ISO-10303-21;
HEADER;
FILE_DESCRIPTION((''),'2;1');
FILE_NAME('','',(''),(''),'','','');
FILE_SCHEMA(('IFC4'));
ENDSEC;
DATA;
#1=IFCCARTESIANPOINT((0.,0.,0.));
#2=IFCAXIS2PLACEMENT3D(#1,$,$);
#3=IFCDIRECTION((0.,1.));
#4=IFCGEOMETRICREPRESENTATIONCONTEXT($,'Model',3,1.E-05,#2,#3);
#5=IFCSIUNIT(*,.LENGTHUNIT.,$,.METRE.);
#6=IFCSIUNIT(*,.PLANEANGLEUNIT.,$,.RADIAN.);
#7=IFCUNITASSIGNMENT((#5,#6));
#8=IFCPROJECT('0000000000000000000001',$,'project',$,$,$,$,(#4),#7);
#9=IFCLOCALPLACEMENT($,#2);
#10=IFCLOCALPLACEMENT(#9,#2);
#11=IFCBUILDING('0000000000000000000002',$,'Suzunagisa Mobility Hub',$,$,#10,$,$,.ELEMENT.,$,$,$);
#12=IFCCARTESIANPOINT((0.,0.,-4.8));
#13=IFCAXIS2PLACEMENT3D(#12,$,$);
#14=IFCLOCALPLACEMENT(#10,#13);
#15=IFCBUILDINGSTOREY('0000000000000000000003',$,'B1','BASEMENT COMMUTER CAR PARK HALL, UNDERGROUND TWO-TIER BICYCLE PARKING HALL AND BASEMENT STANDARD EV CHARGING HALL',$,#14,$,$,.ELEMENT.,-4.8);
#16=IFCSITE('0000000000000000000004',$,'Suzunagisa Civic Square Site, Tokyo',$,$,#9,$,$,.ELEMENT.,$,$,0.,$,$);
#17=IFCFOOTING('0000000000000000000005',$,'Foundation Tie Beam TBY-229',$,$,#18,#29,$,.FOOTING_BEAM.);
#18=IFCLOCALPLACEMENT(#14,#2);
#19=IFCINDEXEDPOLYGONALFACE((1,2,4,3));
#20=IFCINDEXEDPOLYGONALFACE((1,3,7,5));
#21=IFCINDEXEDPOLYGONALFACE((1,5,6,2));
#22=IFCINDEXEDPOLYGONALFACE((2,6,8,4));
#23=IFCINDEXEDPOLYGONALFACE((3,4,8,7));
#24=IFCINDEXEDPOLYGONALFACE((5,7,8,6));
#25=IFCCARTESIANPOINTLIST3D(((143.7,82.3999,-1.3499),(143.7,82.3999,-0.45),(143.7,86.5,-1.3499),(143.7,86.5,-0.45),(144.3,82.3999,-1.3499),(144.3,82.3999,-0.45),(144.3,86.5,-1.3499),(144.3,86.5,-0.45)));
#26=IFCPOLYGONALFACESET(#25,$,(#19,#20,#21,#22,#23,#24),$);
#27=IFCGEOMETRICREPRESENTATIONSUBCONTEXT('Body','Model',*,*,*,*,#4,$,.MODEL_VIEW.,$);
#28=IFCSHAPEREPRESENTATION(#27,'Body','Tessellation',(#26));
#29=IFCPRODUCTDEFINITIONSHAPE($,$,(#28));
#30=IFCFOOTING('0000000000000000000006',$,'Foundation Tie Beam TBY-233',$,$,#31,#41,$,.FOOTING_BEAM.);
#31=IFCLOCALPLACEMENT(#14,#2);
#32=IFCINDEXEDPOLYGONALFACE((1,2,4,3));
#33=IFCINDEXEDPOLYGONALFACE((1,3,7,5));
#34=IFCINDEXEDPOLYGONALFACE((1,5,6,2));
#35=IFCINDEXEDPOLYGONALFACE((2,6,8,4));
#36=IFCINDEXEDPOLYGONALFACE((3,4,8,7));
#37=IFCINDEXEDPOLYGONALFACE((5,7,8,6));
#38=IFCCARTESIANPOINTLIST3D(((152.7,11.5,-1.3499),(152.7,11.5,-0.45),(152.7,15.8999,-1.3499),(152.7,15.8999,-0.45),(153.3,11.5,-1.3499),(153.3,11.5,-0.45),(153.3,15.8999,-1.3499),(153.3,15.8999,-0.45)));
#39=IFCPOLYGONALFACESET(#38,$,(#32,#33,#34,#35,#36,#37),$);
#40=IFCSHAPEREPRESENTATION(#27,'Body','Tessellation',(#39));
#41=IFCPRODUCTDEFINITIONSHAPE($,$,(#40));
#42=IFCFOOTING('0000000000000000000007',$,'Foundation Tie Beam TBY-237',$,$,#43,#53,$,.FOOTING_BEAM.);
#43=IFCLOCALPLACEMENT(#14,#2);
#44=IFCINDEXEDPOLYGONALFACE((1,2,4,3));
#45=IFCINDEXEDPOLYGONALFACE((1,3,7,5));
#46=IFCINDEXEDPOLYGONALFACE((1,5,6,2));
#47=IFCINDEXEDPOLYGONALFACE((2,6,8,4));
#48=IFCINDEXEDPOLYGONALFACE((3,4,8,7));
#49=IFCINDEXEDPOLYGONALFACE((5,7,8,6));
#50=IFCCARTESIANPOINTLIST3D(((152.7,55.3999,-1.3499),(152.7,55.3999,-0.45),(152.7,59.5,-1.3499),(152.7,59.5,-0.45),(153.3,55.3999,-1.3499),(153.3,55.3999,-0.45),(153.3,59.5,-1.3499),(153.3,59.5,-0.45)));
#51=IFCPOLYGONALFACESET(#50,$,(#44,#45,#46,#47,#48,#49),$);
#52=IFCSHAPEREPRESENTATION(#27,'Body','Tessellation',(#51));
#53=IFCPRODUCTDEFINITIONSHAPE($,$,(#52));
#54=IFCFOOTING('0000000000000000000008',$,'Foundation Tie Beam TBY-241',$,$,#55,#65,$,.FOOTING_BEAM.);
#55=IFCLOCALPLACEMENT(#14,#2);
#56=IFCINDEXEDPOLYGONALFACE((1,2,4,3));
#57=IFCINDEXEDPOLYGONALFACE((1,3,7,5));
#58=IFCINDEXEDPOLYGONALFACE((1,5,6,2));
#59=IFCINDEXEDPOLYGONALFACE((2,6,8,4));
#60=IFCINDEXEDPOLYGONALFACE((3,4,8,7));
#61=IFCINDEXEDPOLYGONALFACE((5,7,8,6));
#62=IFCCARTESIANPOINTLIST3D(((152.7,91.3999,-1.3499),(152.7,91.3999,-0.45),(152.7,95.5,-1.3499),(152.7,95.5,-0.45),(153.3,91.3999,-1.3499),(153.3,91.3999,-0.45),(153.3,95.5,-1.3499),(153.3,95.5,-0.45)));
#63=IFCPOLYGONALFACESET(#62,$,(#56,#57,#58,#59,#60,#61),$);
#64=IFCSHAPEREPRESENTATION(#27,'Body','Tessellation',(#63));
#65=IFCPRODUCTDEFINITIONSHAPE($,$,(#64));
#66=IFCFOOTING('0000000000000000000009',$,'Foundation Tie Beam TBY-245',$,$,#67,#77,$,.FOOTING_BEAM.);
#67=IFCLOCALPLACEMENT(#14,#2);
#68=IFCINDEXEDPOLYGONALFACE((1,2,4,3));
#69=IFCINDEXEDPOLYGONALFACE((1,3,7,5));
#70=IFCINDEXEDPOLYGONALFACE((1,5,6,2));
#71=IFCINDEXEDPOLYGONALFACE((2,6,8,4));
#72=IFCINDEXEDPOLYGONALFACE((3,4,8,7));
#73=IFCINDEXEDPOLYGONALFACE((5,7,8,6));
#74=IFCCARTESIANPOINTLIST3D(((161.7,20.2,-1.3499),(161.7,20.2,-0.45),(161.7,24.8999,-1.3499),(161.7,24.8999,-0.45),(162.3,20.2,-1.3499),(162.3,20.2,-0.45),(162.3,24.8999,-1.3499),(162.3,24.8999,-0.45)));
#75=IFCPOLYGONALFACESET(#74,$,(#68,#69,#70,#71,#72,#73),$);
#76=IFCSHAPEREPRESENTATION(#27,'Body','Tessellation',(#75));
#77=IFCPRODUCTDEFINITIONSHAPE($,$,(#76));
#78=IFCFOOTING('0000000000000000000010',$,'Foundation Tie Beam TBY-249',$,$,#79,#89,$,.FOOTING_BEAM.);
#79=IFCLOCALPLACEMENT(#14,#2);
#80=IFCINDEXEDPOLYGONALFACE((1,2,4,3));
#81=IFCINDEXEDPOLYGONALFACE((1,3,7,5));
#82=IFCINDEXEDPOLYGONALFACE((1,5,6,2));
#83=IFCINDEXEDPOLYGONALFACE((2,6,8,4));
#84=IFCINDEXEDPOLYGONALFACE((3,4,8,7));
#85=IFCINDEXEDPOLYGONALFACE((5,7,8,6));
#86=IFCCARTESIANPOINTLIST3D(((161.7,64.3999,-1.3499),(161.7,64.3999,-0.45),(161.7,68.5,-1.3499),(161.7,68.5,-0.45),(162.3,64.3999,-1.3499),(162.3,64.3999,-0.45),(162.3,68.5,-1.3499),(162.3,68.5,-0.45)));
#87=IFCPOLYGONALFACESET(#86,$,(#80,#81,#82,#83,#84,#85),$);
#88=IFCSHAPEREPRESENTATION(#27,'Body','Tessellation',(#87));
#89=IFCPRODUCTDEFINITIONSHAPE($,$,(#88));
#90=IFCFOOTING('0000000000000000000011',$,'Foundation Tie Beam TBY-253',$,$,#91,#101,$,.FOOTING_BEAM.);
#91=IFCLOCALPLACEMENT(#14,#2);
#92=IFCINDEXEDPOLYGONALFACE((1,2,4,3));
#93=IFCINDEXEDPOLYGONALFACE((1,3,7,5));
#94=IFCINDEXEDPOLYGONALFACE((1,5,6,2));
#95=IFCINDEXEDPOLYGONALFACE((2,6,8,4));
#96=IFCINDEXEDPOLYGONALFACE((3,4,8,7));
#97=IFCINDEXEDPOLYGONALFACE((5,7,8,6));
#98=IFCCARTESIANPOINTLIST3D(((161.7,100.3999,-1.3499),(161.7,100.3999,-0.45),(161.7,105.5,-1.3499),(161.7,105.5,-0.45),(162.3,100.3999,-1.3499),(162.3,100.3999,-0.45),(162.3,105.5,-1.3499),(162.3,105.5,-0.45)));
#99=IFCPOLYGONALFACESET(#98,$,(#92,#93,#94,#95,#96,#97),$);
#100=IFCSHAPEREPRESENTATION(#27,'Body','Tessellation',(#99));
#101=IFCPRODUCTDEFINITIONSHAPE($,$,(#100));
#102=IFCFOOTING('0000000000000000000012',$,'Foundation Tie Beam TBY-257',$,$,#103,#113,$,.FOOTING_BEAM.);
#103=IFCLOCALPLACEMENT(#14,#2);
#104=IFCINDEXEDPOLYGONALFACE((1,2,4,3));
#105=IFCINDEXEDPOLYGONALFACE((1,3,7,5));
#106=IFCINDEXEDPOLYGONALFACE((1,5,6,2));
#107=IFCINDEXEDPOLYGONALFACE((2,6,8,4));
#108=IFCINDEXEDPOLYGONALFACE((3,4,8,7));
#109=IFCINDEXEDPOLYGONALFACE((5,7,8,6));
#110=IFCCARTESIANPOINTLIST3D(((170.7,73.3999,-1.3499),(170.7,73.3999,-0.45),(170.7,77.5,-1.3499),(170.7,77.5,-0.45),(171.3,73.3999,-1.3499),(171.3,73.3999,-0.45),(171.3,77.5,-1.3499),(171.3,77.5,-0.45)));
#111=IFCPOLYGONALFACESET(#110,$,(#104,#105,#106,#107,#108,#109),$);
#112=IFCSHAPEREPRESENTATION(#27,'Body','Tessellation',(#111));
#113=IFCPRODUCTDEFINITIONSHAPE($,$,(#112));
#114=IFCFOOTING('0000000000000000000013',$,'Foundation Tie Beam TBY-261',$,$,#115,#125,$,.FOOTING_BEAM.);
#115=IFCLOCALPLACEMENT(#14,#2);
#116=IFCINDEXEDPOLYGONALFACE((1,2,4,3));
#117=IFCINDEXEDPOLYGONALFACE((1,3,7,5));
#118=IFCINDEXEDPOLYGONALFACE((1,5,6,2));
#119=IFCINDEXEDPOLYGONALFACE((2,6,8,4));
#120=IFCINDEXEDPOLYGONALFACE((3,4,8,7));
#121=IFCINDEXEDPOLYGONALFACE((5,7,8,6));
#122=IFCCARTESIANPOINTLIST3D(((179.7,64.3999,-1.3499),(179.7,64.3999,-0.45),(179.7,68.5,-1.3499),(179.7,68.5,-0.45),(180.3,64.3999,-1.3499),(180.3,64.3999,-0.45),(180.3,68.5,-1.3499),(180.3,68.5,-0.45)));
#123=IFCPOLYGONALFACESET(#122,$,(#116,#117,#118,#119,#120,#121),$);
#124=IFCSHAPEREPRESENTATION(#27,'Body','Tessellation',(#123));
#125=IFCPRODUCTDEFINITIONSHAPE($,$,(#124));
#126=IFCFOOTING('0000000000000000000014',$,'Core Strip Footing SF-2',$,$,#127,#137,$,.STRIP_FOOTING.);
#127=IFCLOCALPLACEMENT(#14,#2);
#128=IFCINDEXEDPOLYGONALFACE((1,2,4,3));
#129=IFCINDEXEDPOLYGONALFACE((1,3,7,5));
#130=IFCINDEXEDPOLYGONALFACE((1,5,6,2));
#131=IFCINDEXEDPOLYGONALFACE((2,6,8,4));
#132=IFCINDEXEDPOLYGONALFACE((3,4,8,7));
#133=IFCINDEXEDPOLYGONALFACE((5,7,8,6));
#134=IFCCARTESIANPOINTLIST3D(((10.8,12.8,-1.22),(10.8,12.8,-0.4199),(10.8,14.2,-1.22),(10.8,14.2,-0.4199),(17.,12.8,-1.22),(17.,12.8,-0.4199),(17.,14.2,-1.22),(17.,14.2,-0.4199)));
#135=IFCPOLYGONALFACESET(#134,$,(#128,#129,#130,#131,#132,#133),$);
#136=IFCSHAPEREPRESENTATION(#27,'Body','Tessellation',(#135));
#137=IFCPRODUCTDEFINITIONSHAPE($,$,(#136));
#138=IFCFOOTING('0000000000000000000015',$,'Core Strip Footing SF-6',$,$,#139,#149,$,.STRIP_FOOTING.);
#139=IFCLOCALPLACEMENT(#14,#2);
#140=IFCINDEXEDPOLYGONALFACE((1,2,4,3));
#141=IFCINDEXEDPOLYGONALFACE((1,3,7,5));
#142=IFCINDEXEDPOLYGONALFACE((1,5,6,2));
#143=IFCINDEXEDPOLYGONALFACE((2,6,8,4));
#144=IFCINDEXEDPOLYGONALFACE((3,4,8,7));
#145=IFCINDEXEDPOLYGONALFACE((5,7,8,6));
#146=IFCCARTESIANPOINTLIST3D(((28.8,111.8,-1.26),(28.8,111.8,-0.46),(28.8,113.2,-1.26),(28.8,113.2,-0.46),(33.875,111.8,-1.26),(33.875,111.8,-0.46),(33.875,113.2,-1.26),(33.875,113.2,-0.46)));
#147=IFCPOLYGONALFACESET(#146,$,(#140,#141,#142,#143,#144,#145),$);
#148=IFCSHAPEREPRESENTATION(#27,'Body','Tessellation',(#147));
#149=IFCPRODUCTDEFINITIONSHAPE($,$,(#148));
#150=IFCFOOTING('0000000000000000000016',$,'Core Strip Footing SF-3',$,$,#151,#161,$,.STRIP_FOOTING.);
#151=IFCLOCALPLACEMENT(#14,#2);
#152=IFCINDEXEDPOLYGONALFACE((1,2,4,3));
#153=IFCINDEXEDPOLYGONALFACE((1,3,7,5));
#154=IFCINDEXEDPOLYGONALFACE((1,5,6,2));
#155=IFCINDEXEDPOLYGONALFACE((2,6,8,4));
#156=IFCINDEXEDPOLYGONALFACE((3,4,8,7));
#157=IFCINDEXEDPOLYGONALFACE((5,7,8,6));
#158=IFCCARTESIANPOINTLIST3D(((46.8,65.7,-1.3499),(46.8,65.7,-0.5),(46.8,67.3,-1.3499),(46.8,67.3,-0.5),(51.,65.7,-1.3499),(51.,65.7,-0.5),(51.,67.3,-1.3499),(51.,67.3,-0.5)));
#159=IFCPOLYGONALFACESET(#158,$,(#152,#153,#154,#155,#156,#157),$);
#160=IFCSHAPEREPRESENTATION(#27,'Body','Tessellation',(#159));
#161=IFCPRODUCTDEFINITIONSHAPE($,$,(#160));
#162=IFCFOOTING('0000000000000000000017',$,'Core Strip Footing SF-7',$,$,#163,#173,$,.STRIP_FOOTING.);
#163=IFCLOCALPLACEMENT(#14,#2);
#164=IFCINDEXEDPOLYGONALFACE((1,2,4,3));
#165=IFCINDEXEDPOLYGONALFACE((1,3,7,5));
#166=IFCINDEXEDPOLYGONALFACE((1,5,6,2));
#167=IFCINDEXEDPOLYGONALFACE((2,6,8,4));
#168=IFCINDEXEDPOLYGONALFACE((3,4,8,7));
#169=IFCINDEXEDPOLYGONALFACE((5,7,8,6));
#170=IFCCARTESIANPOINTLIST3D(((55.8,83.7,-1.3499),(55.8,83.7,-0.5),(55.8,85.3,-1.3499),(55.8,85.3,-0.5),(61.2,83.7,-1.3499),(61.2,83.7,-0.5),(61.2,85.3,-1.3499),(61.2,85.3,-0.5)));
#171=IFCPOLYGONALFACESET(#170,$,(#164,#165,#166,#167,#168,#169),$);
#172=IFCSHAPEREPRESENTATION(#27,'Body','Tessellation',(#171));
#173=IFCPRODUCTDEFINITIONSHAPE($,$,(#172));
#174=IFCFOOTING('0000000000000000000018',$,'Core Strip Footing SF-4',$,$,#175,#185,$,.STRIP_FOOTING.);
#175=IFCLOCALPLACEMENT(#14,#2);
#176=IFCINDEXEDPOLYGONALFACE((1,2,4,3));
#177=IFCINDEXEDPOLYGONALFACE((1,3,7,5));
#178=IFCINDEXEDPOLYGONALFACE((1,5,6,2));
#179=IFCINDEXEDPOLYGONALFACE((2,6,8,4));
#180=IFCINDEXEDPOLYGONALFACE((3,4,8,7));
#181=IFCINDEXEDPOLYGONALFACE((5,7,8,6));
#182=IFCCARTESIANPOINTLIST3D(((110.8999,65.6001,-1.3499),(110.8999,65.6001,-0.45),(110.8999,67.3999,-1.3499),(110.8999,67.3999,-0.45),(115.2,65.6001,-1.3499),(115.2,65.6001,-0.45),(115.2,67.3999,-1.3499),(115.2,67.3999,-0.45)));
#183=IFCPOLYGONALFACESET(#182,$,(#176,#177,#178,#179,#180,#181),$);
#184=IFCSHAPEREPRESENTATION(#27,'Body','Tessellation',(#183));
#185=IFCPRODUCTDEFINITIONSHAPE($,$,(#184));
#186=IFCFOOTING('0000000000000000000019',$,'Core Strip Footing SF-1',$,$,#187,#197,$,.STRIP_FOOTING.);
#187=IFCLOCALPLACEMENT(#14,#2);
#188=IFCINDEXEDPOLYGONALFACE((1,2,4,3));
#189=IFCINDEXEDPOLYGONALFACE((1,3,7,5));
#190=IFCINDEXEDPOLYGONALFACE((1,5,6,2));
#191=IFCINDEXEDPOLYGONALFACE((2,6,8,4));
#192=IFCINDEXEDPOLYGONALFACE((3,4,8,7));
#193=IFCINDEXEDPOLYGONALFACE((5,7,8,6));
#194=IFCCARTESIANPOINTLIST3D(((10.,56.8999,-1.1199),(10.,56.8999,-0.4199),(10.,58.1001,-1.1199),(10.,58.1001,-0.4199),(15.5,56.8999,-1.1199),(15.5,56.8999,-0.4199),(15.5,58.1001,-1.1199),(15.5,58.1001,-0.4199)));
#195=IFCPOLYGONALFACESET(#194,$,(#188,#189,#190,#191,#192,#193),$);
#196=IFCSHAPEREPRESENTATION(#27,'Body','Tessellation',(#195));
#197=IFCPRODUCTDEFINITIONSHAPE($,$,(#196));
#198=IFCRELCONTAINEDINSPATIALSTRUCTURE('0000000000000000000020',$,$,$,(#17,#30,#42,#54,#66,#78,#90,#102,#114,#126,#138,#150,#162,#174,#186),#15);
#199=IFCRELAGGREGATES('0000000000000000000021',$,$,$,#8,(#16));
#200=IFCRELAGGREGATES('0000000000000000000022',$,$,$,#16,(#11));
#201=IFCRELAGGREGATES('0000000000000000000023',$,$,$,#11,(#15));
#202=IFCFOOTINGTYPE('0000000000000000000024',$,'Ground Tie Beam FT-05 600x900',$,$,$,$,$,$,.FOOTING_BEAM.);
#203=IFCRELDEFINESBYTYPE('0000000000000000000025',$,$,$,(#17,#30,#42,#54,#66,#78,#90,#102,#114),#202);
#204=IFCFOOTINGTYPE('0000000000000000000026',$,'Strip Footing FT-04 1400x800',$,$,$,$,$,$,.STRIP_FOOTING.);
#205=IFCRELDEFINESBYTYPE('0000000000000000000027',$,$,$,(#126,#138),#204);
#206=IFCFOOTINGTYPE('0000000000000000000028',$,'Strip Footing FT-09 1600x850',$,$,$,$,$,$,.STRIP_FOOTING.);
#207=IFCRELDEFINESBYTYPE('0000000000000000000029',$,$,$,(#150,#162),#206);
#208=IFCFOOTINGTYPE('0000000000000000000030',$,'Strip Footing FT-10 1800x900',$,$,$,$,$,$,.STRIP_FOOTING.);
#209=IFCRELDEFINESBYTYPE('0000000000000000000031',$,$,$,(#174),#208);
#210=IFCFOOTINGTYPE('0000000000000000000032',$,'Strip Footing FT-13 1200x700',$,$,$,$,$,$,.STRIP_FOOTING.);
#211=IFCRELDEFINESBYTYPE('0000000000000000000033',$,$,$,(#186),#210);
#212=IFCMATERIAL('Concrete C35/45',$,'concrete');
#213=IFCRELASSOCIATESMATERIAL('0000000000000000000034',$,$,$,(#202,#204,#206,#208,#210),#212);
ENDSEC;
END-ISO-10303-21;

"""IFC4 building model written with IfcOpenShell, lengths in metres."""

from ifc_helpers import new_model, si_unit, direction, frame, origin, place, context, subcontext, project, spatial, polyline, outline, extrude, material, type_object, element, save


model = new_model("IFC4")

# Units and contexts
model_context = context("Model", 3, precision=1e-05, world=origin(), true_north=direction((0.0, 1.0)))
body_context = subcontext(model_context, "Body", "Model", "MODEL_VIEW")
ifc_project = project(units=[si_unit("LENGTHUNIT", "METRE"), si_unit("PLANEANGLEUNIT", "RADIAN")], contexts=[model_context])

# Site, building, storey
site_placement = place(None, origin())
site = spatial("IfcSite", under=ifc_project, at=site_placement, Name="Suzunagisa Civic Square Site, Tokyo", CompositionType="ELEMENT", RefElevation=0.0)
building_placement = place(site_placement, origin())
building = spatial("IfcBuilding", under=site, at=building_placement, Name="Suzunagisa Mobility Hub", CompositionType="ELEMENT")
storey_placement = place(building_placement, frame((0.0, 0.0, -4.8)))
storey = spatial("IfcBuildingStorey", under=building, at=storey_placement, Name="B1", Description="BASEMENT COMMUTER CAR PARK HALL, UNDERGROUND TWO-TIER BICYCLE PARKING HALL AND BASEMENT STANDARD EV CHARGING HALL", CompositionType="ELEMENT", Elevation=-4.8)

# Footings
ifc_material = material(Name="Concrete C35/45", Category="concrete")
footing_type_1 = type_object("IfcFootingType", Name="Ground Tie Beam FT-05 600x900", PredefinedType="FOOTING_BEAM", material=ifc_material)
footing_1_placement = place(storey_placement, frame((0.0, 0.0, -1.3499)))
element("IfcFooting", 1, at=footing_1_placement, inside=storey, type_object=footing_type_1, Name="Foundation Tie Beam TBY-229", PredefinedType="FOOTING_BEAM", context=body_context, shape_type="SweptSolid", body=[
    extrude(outline(polyline([(143.7, 82.3999), (144.3, 82.3999), (144.3, 86.5), (143.7, 86.5), (143.7, 82.3999)])), origin(), (0.0, 0.0, 1.0), 0.8999),
])
footing_2_placement = place(storey_placement, frame((0.0, 0.0, -1.3499)))
element("IfcFooting", 2, at=footing_2_placement, inside=storey, type_object=footing_type_1, Name="Foundation Tie Beam TBY-233", PredefinedType="FOOTING_BEAM", context=body_context, shape_type="SweptSolid", body=[
    extrude(outline(polyline([(152.7, 11.5), (153.3, 11.5), (153.3, 15.8999), (152.7, 15.8999), (152.7, 11.5)])), origin(), (0.0, 0.0, 1.0), 0.8999),
])
footing_3_placement = place(storey_placement, frame((0.0, 0.0, -1.3499)))
element("IfcFooting", 3, at=footing_3_placement, inside=storey, type_object=footing_type_1, Name="Foundation Tie Beam TBY-237", PredefinedType="FOOTING_BEAM", context=body_context, shape_type="SweptSolid", body=[
    extrude(outline(polyline([(152.7, 55.3999), (153.3, 55.3999), (153.3, 59.5), (152.7, 59.5), (152.7, 55.3999)])), origin(), (0.0, 0.0, 1.0), 0.8999),
])
footing_4_placement = place(storey_placement, frame((0.0, 0.0, -1.3499)))
element("IfcFooting", 4, at=footing_4_placement, inside=storey, type_object=footing_type_1, Name="Foundation Tie Beam TBY-241", PredefinedType="FOOTING_BEAM", context=body_context, shape_type="SweptSolid", body=[
    extrude(outline(polyline([(152.7, 91.3999), (153.3, 91.3999), (153.3, 95.5), (152.7, 95.5), (152.7, 91.3999)])), origin(), (0.0, 0.0, 1.0), 0.8999),
])
footing_5_placement = place(storey_placement, frame((0.0, 0.0, -1.3499)))
element("IfcFooting", 5, at=footing_5_placement, inside=storey, type_object=footing_type_1, Name="Foundation Tie Beam TBY-245", PredefinedType="FOOTING_BEAM", context=body_context, shape_type="SweptSolid", body=[
    extrude(outline(polyline([(161.7, 20.2), (162.3, 20.2), (162.3, 24.8999), (161.7, 24.8999), (161.7, 20.2)])), origin(), (0.0, 0.0, 1.0), 0.8999),
])
footing_6_placement = place(storey_placement, frame((0.0, 0.0, -1.3499)))
element("IfcFooting", 6, at=footing_6_placement, inside=storey, type_object=footing_type_1, Name="Foundation Tie Beam TBY-249", PredefinedType="FOOTING_BEAM", context=body_context, shape_type="SweptSolid", body=[
    extrude(outline(polyline([(161.7, 64.3999), (162.3, 64.3999), (162.3, 68.5), (161.7, 68.5), (161.7, 64.3999)])), origin(), (0.0, 0.0, 1.0), 0.8999),
])
footing_7_placement = place(storey_placement, frame((0.0, 0.0, -1.3499)))
element("IfcFooting", 7, at=footing_7_placement, inside=storey, type_object=footing_type_1, Name="Foundation Tie Beam TBY-253", PredefinedType="FOOTING_BEAM", context=body_context, shape_type="SweptSolid", body=[
    extrude(outline(polyline([(161.7, 100.3999), (162.3, 100.3999), (162.3, 105.5), (161.7, 105.5), (161.7, 100.3999)])), origin(), (0.0, 0.0, 1.0), 0.8999),
])
footing_8_placement = place(storey_placement, frame((0.0, 0.0, -1.3499)))
element("IfcFooting", 8, at=footing_8_placement, inside=storey, type_object=footing_type_1, Name="Foundation Tie Beam TBY-257", PredefinedType="FOOTING_BEAM", context=body_context, shape_type="SweptSolid", body=[
    extrude(outline(polyline([(170.7, 73.3999), (171.3, 73.3999), (171.3, 77.5), (170.7, 77.5), (170.7, 73.3999)])), origin(), (0.0, 0.0, 1.0), 0.8999),
])
footing_9_placement = place(storey_placement, frame((0.0, 0.0, -1.3499)))
element("IfcFooting", 9, at=footing_9_placement, inside=storey, type_object=footing_type_1, Name="Foundation Tie Beam TBY-261", PredefinedType="FOOTING_BEAM", context=body_context, shape_type="SweptSolid", body=[
    extrude(outline(polyline([(179.7, 64.3999), (180.3, 64.3999), (180.3, 68.5), (179.7, 68.5), (179.7, 64.3999)])), origin(), (0.0, 0.0, 1.0), 0.8999),
])
footing_type_2 = type_object("IfcFootingType", Name="Strip Footing FT-04 1400x800", PredefinedType="STRIP_FOOTING", material=ifc_material)
footing_10_placement = place(storey_placement, frame((0.0, 0.0, -1.22)))
element("IfcFooting", 10, at=footing_10_placement, inside=storey, type_object=footing_type_2, Name="Core Strip Footing SF-2", PredefinedType="STRIP_FOOTING", context=body_context, shape_type="SweptSolid", body=[
    extrude(outline(polyline([(10.8, 12.8), (17.0, 12.8), (17.0, 14.2), (10.8, 14.2), (10.8, 12.8)])), origin(), (0.0, 0.0, 1.0), 0.8),
])
footing_11_placement = place(storey_placement, frame((0.0, 0.0, -1.26)))
element("IfcFooting", 11, at=footing_11_placement, inside=storey, type_object=footing_type_2, Name="Core Strip Footing SF-6", PredefinedType="STRIP_FOOTING", context=body_context, shape_type="SweptSolid", body=[
    extrude(outline(polyline([(28.8, 111.8), (33.875, 111.8), (33.875, 113.2), (28.8, 113.2), (28.8, 111.8)])), origin(), (0.0, 0.0, 1.0), 0.8),
])
footing_type_3 = type_object("IfcFootingType", Name="Strip Footing FT-09 1600x850", PredefinedType="STRIP_FOOTING", material=ifc_material)
footing_12_placement = place(storey_placement, frame((0.0, 0.0, -1.3499)))
element("IfcFooting", 12, at=footing_12_placement, inside=storey, type_object=footing_type_3, Name="Core Strip Footing SF-3", PredefinedType="STRIP_FOOTING", context=body_context, shape_type="SweptSolid", body=[
    extrude(outline(polyline([(46.8, 65.7), (51.0, 65.7), (51.0, 67.3), (46.8, 67.3), (46.8, 65.7)])), origin(), (0.0, 0.0, 1.0), 0.8499),
])
footing_13_placement = place(storey_placement, frame((0.0, 0.0, -1.3499)))
element("IfcFooting", 13, at=footing_13_placement, inside=storey, type_object=footing_type_3, Name="Core Strip Footing SF-7", PredefinedType="STRIP_FOOTING", context=body_context, shape_type="SweptSolid", body=[
    extrude(outline(polyline([(55.8, 83.7), (61.2, 83.7), (61.2, 85.3), (55.8, 85.3), (55.8, 83.7)])), origin(), (0.0, 0.0, 1.0), 0.8499),
])
footing_type_4 = type_object("IfcFootingType", Name="Strip Footing FT-10 1800x900", PredefinedType="STRIP_FOOTING", material=ifc_material)
footing_14_placement = place(storey_placement, frame((0.0, 0.0, -1.3499)))
element("IfcFooting", 14, at=footing_14_placement, inside=storey, type_object=footing_type_4, Name="Core Strip Footing SF-4", PredefinedType="STRIP_FOOTING", context=body_context, shape_type="SweptSolid", body=[
    extrude(outline(polyline([(110.8999, 65.6001), (115.2, 65.6001), (115.2, 67.3999), (110.8999, 67.3999), (110.8999, 65.6001)])), origin(), (0.0, 0.0, 1.0), 0.8999),
])
footing_type_5 = type_object("IfcFootingType", Name="Strip Footing FT-13 1200x700", PredefinedType="STRIP_FOOTING", material=ifc_material)
footing_15_placement = place(storey_placement, frame((0.0, 0.0, -1.1199)))
element("IfcFooting", 15, at=footing_15_placement, inside=storey, type_object=footing_type_5, Name="Core Strip Footing SF-1", PredefinedType="STRIP_FOOTING", context=body_context, shape_type="SweptSolid", body=[
    extrude(outline(polyline([(10.0, 56.8999), (15.5, 56.8999), (15.5, 58.1001), (10.0, 58.1001), (10.0, 56.8999)])), origin(), (0.0, 0.0, 1.0), 0.7),
])

save(model, "model.ifc")
